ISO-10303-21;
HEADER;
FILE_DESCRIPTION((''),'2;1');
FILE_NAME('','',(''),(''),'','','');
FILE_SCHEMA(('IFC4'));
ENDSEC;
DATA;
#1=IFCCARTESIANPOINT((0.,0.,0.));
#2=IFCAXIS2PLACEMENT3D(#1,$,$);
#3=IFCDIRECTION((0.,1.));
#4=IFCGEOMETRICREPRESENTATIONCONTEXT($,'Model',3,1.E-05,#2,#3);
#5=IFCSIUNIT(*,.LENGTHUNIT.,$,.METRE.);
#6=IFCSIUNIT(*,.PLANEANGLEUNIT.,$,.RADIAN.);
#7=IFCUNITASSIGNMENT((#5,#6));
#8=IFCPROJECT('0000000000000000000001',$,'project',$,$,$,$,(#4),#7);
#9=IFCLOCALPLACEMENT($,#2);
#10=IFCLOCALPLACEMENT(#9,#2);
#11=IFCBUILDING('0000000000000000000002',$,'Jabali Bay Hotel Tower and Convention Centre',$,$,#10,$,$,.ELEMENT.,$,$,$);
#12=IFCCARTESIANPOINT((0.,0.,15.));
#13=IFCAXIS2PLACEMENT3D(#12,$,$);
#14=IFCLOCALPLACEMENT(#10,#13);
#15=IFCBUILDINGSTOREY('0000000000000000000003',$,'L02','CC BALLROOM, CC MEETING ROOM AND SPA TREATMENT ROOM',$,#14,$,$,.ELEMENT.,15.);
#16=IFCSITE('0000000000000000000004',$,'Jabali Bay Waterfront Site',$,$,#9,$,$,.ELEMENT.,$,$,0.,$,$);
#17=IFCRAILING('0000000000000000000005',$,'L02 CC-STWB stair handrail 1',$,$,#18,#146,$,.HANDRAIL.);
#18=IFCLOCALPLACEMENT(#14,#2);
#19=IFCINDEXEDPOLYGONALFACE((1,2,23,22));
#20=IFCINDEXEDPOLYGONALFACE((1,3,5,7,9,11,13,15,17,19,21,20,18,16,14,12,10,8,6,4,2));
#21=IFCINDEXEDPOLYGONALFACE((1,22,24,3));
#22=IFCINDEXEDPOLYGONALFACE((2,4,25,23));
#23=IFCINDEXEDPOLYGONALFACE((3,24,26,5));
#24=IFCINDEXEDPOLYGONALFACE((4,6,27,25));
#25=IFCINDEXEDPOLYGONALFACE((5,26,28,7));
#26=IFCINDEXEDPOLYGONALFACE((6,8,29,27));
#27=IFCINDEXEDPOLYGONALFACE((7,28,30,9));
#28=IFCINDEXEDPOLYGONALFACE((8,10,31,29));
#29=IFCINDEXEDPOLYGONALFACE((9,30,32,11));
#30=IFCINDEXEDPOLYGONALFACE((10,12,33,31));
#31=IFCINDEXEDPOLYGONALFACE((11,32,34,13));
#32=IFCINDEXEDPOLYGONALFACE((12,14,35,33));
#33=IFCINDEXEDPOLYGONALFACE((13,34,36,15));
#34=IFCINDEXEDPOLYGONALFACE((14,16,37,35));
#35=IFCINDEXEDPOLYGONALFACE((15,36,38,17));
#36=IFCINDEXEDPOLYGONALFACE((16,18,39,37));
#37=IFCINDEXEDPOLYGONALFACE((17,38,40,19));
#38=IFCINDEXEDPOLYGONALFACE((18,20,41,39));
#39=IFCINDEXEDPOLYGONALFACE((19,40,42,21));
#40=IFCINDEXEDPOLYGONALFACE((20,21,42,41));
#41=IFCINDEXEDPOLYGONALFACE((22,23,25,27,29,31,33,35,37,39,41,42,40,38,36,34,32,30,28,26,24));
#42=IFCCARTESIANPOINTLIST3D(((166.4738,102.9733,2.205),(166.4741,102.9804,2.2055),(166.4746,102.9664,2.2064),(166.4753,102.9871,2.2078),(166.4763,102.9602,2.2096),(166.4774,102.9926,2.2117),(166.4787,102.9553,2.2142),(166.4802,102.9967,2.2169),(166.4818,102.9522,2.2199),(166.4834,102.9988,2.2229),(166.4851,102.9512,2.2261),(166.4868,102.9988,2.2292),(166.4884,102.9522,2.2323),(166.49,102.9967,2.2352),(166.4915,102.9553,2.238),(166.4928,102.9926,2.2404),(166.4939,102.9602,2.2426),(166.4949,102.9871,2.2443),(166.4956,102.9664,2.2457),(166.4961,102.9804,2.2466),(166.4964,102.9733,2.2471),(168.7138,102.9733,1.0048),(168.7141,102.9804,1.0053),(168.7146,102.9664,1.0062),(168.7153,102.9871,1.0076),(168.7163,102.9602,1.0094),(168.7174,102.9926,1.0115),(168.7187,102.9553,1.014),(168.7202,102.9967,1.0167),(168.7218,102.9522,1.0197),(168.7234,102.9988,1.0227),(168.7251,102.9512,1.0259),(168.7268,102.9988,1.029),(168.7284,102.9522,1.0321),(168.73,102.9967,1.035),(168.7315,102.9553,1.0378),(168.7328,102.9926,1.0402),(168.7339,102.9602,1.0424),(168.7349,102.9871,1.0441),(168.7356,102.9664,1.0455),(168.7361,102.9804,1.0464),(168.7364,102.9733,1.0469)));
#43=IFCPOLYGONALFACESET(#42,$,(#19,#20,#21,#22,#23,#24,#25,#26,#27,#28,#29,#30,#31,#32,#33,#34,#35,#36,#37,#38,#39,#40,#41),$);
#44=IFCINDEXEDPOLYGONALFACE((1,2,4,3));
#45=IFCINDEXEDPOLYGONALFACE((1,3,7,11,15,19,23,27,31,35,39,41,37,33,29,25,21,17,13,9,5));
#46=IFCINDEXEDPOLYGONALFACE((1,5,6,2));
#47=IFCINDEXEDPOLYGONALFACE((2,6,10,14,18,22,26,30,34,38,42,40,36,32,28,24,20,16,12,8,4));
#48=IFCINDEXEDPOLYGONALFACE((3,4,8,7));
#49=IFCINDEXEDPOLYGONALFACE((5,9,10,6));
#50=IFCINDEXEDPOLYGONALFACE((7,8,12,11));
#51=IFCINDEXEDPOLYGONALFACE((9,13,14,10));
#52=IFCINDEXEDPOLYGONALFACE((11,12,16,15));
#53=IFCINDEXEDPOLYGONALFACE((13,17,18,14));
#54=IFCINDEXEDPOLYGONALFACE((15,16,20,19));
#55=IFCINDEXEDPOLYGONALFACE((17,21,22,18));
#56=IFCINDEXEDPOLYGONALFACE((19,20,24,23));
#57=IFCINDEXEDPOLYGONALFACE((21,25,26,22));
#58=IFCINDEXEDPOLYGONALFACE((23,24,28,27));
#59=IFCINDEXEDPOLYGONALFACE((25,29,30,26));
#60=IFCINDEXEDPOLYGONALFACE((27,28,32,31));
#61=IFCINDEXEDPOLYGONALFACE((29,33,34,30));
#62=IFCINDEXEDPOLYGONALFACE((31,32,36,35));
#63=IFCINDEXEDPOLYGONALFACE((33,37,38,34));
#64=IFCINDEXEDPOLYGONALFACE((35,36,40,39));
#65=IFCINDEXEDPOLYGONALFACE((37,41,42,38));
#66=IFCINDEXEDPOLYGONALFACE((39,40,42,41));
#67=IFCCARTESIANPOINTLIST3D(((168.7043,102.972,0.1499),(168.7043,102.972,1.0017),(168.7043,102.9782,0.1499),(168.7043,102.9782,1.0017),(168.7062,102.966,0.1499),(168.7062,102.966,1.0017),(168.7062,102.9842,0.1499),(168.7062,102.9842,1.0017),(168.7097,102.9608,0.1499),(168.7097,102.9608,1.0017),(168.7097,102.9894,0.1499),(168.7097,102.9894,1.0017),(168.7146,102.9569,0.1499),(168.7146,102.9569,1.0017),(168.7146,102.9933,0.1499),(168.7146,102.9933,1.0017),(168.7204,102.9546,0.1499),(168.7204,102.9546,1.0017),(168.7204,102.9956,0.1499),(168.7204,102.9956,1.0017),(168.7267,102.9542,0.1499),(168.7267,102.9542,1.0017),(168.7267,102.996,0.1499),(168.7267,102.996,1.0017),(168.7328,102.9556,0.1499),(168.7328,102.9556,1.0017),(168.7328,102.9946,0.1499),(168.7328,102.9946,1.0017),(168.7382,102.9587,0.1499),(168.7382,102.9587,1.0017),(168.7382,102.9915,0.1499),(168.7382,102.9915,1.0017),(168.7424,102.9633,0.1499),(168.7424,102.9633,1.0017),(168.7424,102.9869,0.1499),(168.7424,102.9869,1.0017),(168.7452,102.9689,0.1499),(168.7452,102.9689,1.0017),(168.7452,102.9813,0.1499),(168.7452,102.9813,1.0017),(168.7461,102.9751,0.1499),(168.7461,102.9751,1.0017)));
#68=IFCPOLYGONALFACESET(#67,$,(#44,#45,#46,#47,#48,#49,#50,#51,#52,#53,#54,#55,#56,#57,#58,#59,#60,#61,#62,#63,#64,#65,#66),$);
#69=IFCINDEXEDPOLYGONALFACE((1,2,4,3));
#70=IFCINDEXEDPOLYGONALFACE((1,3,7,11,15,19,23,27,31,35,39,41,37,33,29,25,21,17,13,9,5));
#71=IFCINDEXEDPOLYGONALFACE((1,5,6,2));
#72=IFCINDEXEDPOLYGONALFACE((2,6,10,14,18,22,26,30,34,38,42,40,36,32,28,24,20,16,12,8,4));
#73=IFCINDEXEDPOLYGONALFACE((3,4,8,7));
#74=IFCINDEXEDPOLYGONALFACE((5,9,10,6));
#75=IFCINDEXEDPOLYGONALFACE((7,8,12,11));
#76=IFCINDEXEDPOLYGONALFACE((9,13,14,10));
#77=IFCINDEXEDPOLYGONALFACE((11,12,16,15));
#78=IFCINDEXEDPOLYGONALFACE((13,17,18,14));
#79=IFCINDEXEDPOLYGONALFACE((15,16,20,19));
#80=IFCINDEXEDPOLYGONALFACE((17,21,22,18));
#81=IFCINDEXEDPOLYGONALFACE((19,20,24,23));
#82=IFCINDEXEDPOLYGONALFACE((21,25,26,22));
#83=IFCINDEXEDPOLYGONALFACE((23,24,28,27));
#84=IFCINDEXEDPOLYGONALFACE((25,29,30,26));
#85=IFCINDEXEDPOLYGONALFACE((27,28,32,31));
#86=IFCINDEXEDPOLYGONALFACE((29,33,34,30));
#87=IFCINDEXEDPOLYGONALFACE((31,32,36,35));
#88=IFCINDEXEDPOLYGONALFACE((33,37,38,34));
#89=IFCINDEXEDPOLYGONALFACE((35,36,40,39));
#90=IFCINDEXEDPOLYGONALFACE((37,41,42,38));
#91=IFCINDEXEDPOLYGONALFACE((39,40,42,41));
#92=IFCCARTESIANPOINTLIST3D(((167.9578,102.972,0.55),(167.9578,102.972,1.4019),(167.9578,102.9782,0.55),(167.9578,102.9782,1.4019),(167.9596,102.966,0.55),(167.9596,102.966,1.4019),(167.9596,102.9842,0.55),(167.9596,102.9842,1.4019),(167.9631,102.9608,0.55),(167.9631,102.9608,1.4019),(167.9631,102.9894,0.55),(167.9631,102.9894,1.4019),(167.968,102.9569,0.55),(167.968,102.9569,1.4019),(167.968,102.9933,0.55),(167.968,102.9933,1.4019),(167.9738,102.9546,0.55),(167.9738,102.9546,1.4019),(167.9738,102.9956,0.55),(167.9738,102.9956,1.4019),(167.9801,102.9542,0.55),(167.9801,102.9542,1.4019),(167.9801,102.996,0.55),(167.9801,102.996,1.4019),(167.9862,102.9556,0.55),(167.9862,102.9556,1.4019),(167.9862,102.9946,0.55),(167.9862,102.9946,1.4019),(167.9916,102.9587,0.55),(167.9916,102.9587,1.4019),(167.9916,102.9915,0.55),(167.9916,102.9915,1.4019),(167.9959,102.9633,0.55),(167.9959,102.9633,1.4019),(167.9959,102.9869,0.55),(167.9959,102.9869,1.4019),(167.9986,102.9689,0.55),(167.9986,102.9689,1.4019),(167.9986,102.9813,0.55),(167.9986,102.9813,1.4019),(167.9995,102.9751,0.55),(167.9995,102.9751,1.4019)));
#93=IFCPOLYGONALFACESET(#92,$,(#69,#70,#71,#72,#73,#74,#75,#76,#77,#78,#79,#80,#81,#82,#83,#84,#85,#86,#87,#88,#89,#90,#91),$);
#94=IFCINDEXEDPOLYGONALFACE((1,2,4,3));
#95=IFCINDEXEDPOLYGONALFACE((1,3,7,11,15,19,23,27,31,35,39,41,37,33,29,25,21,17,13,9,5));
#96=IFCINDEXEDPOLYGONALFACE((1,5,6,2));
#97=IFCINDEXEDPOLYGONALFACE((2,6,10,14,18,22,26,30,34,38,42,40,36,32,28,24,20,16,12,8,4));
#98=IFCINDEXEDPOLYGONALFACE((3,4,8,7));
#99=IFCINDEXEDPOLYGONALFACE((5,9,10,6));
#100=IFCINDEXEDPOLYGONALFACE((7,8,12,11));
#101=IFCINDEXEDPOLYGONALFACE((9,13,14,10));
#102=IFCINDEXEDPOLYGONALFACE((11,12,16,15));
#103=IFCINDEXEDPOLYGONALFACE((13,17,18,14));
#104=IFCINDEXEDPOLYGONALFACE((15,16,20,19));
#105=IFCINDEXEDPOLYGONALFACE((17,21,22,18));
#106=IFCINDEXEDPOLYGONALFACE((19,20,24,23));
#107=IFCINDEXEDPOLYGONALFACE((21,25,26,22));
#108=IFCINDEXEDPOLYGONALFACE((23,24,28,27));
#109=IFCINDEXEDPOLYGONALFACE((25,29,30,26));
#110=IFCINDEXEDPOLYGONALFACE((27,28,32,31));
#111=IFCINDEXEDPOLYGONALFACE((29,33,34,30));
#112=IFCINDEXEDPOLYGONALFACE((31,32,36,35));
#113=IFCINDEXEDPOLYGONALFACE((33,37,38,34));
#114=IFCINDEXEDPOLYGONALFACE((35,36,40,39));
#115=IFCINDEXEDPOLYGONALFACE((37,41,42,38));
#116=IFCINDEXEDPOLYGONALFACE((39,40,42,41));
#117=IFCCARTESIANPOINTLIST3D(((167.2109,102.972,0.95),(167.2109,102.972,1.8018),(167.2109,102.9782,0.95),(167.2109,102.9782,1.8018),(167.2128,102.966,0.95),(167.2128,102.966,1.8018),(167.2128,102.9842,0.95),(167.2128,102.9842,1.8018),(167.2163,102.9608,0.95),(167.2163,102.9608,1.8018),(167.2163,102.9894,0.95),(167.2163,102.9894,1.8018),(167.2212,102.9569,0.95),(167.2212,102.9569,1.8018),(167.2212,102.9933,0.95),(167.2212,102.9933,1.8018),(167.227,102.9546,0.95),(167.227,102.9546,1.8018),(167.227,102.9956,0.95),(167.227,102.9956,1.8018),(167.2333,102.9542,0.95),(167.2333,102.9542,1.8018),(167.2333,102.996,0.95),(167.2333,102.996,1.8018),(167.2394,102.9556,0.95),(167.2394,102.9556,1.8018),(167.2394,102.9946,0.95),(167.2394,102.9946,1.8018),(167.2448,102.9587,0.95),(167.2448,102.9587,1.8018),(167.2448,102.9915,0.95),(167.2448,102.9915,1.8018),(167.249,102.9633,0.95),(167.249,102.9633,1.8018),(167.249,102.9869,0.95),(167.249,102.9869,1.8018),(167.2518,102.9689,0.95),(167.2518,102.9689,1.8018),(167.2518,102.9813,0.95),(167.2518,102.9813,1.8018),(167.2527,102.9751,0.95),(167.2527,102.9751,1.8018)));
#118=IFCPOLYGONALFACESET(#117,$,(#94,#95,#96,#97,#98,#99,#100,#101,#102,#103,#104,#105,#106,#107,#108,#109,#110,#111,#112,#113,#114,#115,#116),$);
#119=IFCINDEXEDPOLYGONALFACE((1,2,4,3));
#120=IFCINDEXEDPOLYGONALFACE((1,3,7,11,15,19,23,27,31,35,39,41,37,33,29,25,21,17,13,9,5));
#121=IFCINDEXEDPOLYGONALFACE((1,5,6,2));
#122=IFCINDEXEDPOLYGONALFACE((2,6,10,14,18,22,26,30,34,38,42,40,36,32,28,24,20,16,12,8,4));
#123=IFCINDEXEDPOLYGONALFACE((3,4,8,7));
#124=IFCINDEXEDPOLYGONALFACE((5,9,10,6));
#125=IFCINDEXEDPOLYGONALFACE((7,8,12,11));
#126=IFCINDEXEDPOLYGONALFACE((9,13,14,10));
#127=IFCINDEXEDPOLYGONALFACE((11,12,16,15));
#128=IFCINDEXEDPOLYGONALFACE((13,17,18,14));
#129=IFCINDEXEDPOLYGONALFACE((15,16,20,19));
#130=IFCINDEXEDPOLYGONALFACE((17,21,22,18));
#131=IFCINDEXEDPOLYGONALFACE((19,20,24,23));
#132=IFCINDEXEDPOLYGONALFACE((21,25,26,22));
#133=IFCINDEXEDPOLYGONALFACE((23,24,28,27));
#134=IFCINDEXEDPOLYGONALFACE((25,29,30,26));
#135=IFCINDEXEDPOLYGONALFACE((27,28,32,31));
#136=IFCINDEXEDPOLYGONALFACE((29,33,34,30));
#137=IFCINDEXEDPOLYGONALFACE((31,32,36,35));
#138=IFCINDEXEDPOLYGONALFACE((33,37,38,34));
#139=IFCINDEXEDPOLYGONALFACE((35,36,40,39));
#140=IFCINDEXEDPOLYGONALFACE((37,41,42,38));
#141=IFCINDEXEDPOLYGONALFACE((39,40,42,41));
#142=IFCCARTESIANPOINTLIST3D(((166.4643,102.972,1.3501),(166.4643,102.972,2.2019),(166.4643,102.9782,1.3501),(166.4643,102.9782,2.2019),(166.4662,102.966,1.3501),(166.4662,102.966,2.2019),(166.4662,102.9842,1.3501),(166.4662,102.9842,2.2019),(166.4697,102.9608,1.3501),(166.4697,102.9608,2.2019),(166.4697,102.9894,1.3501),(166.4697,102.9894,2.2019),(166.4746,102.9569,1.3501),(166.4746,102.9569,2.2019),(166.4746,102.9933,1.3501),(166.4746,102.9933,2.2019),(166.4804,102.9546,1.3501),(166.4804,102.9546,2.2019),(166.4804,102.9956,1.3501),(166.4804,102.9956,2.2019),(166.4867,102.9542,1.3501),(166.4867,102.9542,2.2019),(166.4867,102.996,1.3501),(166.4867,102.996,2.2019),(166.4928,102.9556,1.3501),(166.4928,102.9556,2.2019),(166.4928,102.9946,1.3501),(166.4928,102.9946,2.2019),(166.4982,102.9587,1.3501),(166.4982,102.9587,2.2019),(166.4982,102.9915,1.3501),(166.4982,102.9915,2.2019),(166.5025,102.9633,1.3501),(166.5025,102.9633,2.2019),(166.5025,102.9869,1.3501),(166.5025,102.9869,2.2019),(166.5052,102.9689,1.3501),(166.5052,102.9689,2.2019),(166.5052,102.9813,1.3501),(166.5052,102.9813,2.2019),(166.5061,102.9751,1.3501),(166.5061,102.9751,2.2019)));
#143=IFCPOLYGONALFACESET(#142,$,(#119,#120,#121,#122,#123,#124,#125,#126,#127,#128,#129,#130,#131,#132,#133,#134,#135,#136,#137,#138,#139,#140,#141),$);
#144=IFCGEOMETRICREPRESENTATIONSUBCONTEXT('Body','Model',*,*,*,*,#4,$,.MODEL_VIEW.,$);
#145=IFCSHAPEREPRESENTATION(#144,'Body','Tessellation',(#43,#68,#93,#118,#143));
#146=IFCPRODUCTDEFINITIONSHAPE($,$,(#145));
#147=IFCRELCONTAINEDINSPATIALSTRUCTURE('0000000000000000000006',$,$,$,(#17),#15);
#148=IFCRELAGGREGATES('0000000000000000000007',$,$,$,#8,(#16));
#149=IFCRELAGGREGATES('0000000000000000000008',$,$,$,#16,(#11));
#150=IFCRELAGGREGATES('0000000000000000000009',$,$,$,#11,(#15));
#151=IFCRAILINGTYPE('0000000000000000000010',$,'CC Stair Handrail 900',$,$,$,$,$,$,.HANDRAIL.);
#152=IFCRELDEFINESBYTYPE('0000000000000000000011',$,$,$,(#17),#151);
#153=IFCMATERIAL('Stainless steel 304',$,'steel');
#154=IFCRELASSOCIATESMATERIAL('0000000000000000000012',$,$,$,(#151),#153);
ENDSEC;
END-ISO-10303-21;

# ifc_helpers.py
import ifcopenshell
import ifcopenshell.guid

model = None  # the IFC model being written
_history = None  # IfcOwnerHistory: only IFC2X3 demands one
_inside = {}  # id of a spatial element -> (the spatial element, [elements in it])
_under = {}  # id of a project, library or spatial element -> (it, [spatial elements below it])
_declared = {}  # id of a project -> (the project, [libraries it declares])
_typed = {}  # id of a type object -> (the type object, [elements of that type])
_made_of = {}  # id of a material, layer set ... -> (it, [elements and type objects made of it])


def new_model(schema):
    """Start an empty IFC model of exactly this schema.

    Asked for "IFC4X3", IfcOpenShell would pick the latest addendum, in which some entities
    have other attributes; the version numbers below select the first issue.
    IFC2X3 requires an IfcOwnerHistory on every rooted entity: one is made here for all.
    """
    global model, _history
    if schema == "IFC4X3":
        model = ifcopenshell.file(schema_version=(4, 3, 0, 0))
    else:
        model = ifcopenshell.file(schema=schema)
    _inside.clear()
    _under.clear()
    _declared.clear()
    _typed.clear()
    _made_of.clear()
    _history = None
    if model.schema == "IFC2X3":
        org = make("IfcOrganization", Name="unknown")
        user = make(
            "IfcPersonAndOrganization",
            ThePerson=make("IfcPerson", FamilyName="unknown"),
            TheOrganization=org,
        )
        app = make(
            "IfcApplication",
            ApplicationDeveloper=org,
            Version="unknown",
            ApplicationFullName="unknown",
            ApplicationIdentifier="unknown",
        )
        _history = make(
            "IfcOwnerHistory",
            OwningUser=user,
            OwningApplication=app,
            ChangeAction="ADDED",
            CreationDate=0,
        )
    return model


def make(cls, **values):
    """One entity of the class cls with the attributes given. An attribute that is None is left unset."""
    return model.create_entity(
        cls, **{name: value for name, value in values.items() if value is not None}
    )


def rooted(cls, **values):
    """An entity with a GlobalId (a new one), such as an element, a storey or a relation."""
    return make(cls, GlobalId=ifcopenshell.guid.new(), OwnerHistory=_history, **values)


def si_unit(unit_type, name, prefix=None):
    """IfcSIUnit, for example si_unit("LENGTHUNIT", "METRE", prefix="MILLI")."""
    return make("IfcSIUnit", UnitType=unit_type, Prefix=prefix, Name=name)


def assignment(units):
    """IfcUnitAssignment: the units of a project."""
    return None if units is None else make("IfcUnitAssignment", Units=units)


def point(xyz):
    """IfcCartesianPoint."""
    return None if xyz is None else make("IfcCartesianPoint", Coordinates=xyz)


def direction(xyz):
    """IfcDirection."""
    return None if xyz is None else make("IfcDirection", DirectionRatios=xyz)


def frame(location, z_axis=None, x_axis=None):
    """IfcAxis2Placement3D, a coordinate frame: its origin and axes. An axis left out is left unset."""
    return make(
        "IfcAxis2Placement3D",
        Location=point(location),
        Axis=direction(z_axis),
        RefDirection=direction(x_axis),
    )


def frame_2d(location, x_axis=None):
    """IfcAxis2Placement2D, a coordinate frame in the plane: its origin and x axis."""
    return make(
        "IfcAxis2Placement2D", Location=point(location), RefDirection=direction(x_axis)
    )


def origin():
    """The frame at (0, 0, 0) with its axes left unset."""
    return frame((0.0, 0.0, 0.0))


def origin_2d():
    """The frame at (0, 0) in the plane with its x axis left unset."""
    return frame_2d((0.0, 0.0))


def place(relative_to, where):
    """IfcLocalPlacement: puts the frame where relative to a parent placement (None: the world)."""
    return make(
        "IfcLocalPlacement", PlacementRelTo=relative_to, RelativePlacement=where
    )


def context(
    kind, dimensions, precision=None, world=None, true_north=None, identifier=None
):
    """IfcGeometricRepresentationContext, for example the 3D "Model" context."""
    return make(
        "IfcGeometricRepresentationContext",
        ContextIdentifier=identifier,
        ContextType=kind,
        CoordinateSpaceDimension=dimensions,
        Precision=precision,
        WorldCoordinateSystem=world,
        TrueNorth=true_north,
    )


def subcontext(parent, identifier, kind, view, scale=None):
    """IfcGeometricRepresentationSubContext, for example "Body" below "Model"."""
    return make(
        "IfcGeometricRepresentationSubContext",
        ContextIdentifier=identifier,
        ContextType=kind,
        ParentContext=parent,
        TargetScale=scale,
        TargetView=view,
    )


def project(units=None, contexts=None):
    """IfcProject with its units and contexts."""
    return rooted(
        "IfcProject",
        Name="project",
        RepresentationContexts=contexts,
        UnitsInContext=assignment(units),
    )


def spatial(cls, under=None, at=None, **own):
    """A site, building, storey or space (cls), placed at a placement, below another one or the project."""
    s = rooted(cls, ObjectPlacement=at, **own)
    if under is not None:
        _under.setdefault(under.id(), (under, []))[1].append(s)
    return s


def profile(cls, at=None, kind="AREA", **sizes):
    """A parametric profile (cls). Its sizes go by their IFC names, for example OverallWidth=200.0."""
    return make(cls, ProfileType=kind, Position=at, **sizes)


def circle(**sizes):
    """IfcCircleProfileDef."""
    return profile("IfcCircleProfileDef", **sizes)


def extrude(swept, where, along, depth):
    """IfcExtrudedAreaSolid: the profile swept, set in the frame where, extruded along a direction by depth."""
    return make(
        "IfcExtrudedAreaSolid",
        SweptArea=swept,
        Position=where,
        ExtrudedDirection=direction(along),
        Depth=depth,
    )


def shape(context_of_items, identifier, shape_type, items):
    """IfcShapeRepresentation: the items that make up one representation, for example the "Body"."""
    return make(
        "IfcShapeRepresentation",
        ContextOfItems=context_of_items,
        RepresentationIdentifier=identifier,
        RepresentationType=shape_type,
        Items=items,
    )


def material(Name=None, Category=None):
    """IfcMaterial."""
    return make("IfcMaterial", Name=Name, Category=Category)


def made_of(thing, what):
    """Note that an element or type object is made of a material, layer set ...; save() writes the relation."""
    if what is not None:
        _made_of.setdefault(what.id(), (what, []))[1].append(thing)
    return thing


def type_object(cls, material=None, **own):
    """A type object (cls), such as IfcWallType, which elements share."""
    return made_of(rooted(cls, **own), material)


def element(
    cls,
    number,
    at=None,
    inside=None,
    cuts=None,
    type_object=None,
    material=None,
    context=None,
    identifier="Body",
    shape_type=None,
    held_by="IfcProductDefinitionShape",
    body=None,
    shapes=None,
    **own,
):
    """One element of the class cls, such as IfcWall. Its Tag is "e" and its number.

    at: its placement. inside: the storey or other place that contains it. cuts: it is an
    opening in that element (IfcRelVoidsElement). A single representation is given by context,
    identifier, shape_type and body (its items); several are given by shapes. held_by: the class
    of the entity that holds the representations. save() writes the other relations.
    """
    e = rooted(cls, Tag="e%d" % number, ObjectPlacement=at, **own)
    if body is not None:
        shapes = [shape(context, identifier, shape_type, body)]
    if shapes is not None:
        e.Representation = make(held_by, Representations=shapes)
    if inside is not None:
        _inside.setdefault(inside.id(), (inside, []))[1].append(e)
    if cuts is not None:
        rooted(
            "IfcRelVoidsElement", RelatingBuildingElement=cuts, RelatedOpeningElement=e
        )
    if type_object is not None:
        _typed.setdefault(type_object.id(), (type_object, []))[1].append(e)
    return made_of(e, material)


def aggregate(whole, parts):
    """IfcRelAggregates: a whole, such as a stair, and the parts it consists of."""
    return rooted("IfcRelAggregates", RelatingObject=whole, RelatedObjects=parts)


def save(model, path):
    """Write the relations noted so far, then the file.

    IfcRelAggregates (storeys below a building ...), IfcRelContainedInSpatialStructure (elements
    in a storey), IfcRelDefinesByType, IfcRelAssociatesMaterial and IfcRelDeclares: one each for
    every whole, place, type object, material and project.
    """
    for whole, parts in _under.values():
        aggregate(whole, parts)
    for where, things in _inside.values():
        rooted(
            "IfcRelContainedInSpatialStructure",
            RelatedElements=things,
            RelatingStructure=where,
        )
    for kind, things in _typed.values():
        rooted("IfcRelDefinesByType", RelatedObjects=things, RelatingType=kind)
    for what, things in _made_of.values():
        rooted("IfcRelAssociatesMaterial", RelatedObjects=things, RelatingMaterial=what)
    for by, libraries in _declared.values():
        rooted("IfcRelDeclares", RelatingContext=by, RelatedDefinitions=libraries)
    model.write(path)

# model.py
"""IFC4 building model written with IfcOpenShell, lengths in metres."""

from ifc_helpers import new_model, si_unit, direction, frame, origin, origin_2d, place, context, subcontext, project, spatial, circle, extrude, material, type_object, element, save


model = new_model("IFC4")

# Units and contexts
model_context = context("Model", 3, precision=1e-05, world=origin(), true_north=direction((0.0, 1.0)))
body_context = subcontext(model_context, "Body", "Model", "MODEL_VIEW")
ifc_project = project(units=[si_unit("LENGTHUNIT", "METRE"), si_unit("PLANEANGLEUNIT", "RADIAN")], contexts=[model_context])

# Site, building, storey
site_placement = place(None, origin())
site = spatial("IfcSite", under=ifc_project, at=site_placement, Name="Jabali Bay Waterfront Site", CompositionType="ELEMENT", RefElevation=0.0)
building_placement = place(site_placement, origin())
building = spatial("IfcBuilding", under=site, at=building_placement, Name="Jabali Bay Hotel Tower and Convention Centre", CompositionType="ELEMENT")
storey_placement = place(building_placement, frame((0.0, 0.0, 15.0)))
storey = spatial("IfcBuildingStorey", under=building, at=storey_placement, Name="L02", Description="CC BALLROOM, CC MEETING ROOM AND SPA TREATMENT ROOM", CompositionType="ELEMENT", Elevation=15.0)

# Railing
ifc_material_1 = material(Name="Stainless steel 304", Category="steel")
railing_type_1 = type_object("IfcRailingType", Name="CC Stair Handrail 900", PredefinedType="HANDRAIL", material=ifc_material_1)
railing_1_placement = place(storey_placement, frame((168.7251, 102.9751, 0.1499)))
element("IfcRailing", 1, at=railing_1_placement, inside=storey, type_object=railing_type_1, Name="L02 CC-STWB stair handrail 1", PredefinedType="HANDRAIL", context=body_context, shape_type="SweptSolid", body=[
    extrude(circle(Radius=0.0239, at=origin_2d()), frame((0.0, 0.0, 0.876), z_axis=(-0.881447, 0.0, 0.472283), x_axis=(0.0, -1.0, 0.0)), (0.0, 0.0, 1.0), 2.5413),
    extrude(circle(Radius=0.021, at=origin_2d()), origin(), (0.0, 0.0, 1.0), 0.8518),
    extrude(circle(Radius=0.021, at=origin_2d()), frame((-0.7466, 0.0, 0.4001)), (0.0, 0.0, 1.0), 0.8518),
    extrude(circle(Radius=0.021, at=origin_2d()), frame((-1.4934, 0.0, 0.8)), (0.0, 0.0, 1.0), 0.8518),
    extrude(circle(Radius=0.021, at=origin_2d()), frame((-2.24, 0.0, 1.2002)), (0.0, 0.0, 1.0), 0.8518),
])

save(model, "model.ifc")
